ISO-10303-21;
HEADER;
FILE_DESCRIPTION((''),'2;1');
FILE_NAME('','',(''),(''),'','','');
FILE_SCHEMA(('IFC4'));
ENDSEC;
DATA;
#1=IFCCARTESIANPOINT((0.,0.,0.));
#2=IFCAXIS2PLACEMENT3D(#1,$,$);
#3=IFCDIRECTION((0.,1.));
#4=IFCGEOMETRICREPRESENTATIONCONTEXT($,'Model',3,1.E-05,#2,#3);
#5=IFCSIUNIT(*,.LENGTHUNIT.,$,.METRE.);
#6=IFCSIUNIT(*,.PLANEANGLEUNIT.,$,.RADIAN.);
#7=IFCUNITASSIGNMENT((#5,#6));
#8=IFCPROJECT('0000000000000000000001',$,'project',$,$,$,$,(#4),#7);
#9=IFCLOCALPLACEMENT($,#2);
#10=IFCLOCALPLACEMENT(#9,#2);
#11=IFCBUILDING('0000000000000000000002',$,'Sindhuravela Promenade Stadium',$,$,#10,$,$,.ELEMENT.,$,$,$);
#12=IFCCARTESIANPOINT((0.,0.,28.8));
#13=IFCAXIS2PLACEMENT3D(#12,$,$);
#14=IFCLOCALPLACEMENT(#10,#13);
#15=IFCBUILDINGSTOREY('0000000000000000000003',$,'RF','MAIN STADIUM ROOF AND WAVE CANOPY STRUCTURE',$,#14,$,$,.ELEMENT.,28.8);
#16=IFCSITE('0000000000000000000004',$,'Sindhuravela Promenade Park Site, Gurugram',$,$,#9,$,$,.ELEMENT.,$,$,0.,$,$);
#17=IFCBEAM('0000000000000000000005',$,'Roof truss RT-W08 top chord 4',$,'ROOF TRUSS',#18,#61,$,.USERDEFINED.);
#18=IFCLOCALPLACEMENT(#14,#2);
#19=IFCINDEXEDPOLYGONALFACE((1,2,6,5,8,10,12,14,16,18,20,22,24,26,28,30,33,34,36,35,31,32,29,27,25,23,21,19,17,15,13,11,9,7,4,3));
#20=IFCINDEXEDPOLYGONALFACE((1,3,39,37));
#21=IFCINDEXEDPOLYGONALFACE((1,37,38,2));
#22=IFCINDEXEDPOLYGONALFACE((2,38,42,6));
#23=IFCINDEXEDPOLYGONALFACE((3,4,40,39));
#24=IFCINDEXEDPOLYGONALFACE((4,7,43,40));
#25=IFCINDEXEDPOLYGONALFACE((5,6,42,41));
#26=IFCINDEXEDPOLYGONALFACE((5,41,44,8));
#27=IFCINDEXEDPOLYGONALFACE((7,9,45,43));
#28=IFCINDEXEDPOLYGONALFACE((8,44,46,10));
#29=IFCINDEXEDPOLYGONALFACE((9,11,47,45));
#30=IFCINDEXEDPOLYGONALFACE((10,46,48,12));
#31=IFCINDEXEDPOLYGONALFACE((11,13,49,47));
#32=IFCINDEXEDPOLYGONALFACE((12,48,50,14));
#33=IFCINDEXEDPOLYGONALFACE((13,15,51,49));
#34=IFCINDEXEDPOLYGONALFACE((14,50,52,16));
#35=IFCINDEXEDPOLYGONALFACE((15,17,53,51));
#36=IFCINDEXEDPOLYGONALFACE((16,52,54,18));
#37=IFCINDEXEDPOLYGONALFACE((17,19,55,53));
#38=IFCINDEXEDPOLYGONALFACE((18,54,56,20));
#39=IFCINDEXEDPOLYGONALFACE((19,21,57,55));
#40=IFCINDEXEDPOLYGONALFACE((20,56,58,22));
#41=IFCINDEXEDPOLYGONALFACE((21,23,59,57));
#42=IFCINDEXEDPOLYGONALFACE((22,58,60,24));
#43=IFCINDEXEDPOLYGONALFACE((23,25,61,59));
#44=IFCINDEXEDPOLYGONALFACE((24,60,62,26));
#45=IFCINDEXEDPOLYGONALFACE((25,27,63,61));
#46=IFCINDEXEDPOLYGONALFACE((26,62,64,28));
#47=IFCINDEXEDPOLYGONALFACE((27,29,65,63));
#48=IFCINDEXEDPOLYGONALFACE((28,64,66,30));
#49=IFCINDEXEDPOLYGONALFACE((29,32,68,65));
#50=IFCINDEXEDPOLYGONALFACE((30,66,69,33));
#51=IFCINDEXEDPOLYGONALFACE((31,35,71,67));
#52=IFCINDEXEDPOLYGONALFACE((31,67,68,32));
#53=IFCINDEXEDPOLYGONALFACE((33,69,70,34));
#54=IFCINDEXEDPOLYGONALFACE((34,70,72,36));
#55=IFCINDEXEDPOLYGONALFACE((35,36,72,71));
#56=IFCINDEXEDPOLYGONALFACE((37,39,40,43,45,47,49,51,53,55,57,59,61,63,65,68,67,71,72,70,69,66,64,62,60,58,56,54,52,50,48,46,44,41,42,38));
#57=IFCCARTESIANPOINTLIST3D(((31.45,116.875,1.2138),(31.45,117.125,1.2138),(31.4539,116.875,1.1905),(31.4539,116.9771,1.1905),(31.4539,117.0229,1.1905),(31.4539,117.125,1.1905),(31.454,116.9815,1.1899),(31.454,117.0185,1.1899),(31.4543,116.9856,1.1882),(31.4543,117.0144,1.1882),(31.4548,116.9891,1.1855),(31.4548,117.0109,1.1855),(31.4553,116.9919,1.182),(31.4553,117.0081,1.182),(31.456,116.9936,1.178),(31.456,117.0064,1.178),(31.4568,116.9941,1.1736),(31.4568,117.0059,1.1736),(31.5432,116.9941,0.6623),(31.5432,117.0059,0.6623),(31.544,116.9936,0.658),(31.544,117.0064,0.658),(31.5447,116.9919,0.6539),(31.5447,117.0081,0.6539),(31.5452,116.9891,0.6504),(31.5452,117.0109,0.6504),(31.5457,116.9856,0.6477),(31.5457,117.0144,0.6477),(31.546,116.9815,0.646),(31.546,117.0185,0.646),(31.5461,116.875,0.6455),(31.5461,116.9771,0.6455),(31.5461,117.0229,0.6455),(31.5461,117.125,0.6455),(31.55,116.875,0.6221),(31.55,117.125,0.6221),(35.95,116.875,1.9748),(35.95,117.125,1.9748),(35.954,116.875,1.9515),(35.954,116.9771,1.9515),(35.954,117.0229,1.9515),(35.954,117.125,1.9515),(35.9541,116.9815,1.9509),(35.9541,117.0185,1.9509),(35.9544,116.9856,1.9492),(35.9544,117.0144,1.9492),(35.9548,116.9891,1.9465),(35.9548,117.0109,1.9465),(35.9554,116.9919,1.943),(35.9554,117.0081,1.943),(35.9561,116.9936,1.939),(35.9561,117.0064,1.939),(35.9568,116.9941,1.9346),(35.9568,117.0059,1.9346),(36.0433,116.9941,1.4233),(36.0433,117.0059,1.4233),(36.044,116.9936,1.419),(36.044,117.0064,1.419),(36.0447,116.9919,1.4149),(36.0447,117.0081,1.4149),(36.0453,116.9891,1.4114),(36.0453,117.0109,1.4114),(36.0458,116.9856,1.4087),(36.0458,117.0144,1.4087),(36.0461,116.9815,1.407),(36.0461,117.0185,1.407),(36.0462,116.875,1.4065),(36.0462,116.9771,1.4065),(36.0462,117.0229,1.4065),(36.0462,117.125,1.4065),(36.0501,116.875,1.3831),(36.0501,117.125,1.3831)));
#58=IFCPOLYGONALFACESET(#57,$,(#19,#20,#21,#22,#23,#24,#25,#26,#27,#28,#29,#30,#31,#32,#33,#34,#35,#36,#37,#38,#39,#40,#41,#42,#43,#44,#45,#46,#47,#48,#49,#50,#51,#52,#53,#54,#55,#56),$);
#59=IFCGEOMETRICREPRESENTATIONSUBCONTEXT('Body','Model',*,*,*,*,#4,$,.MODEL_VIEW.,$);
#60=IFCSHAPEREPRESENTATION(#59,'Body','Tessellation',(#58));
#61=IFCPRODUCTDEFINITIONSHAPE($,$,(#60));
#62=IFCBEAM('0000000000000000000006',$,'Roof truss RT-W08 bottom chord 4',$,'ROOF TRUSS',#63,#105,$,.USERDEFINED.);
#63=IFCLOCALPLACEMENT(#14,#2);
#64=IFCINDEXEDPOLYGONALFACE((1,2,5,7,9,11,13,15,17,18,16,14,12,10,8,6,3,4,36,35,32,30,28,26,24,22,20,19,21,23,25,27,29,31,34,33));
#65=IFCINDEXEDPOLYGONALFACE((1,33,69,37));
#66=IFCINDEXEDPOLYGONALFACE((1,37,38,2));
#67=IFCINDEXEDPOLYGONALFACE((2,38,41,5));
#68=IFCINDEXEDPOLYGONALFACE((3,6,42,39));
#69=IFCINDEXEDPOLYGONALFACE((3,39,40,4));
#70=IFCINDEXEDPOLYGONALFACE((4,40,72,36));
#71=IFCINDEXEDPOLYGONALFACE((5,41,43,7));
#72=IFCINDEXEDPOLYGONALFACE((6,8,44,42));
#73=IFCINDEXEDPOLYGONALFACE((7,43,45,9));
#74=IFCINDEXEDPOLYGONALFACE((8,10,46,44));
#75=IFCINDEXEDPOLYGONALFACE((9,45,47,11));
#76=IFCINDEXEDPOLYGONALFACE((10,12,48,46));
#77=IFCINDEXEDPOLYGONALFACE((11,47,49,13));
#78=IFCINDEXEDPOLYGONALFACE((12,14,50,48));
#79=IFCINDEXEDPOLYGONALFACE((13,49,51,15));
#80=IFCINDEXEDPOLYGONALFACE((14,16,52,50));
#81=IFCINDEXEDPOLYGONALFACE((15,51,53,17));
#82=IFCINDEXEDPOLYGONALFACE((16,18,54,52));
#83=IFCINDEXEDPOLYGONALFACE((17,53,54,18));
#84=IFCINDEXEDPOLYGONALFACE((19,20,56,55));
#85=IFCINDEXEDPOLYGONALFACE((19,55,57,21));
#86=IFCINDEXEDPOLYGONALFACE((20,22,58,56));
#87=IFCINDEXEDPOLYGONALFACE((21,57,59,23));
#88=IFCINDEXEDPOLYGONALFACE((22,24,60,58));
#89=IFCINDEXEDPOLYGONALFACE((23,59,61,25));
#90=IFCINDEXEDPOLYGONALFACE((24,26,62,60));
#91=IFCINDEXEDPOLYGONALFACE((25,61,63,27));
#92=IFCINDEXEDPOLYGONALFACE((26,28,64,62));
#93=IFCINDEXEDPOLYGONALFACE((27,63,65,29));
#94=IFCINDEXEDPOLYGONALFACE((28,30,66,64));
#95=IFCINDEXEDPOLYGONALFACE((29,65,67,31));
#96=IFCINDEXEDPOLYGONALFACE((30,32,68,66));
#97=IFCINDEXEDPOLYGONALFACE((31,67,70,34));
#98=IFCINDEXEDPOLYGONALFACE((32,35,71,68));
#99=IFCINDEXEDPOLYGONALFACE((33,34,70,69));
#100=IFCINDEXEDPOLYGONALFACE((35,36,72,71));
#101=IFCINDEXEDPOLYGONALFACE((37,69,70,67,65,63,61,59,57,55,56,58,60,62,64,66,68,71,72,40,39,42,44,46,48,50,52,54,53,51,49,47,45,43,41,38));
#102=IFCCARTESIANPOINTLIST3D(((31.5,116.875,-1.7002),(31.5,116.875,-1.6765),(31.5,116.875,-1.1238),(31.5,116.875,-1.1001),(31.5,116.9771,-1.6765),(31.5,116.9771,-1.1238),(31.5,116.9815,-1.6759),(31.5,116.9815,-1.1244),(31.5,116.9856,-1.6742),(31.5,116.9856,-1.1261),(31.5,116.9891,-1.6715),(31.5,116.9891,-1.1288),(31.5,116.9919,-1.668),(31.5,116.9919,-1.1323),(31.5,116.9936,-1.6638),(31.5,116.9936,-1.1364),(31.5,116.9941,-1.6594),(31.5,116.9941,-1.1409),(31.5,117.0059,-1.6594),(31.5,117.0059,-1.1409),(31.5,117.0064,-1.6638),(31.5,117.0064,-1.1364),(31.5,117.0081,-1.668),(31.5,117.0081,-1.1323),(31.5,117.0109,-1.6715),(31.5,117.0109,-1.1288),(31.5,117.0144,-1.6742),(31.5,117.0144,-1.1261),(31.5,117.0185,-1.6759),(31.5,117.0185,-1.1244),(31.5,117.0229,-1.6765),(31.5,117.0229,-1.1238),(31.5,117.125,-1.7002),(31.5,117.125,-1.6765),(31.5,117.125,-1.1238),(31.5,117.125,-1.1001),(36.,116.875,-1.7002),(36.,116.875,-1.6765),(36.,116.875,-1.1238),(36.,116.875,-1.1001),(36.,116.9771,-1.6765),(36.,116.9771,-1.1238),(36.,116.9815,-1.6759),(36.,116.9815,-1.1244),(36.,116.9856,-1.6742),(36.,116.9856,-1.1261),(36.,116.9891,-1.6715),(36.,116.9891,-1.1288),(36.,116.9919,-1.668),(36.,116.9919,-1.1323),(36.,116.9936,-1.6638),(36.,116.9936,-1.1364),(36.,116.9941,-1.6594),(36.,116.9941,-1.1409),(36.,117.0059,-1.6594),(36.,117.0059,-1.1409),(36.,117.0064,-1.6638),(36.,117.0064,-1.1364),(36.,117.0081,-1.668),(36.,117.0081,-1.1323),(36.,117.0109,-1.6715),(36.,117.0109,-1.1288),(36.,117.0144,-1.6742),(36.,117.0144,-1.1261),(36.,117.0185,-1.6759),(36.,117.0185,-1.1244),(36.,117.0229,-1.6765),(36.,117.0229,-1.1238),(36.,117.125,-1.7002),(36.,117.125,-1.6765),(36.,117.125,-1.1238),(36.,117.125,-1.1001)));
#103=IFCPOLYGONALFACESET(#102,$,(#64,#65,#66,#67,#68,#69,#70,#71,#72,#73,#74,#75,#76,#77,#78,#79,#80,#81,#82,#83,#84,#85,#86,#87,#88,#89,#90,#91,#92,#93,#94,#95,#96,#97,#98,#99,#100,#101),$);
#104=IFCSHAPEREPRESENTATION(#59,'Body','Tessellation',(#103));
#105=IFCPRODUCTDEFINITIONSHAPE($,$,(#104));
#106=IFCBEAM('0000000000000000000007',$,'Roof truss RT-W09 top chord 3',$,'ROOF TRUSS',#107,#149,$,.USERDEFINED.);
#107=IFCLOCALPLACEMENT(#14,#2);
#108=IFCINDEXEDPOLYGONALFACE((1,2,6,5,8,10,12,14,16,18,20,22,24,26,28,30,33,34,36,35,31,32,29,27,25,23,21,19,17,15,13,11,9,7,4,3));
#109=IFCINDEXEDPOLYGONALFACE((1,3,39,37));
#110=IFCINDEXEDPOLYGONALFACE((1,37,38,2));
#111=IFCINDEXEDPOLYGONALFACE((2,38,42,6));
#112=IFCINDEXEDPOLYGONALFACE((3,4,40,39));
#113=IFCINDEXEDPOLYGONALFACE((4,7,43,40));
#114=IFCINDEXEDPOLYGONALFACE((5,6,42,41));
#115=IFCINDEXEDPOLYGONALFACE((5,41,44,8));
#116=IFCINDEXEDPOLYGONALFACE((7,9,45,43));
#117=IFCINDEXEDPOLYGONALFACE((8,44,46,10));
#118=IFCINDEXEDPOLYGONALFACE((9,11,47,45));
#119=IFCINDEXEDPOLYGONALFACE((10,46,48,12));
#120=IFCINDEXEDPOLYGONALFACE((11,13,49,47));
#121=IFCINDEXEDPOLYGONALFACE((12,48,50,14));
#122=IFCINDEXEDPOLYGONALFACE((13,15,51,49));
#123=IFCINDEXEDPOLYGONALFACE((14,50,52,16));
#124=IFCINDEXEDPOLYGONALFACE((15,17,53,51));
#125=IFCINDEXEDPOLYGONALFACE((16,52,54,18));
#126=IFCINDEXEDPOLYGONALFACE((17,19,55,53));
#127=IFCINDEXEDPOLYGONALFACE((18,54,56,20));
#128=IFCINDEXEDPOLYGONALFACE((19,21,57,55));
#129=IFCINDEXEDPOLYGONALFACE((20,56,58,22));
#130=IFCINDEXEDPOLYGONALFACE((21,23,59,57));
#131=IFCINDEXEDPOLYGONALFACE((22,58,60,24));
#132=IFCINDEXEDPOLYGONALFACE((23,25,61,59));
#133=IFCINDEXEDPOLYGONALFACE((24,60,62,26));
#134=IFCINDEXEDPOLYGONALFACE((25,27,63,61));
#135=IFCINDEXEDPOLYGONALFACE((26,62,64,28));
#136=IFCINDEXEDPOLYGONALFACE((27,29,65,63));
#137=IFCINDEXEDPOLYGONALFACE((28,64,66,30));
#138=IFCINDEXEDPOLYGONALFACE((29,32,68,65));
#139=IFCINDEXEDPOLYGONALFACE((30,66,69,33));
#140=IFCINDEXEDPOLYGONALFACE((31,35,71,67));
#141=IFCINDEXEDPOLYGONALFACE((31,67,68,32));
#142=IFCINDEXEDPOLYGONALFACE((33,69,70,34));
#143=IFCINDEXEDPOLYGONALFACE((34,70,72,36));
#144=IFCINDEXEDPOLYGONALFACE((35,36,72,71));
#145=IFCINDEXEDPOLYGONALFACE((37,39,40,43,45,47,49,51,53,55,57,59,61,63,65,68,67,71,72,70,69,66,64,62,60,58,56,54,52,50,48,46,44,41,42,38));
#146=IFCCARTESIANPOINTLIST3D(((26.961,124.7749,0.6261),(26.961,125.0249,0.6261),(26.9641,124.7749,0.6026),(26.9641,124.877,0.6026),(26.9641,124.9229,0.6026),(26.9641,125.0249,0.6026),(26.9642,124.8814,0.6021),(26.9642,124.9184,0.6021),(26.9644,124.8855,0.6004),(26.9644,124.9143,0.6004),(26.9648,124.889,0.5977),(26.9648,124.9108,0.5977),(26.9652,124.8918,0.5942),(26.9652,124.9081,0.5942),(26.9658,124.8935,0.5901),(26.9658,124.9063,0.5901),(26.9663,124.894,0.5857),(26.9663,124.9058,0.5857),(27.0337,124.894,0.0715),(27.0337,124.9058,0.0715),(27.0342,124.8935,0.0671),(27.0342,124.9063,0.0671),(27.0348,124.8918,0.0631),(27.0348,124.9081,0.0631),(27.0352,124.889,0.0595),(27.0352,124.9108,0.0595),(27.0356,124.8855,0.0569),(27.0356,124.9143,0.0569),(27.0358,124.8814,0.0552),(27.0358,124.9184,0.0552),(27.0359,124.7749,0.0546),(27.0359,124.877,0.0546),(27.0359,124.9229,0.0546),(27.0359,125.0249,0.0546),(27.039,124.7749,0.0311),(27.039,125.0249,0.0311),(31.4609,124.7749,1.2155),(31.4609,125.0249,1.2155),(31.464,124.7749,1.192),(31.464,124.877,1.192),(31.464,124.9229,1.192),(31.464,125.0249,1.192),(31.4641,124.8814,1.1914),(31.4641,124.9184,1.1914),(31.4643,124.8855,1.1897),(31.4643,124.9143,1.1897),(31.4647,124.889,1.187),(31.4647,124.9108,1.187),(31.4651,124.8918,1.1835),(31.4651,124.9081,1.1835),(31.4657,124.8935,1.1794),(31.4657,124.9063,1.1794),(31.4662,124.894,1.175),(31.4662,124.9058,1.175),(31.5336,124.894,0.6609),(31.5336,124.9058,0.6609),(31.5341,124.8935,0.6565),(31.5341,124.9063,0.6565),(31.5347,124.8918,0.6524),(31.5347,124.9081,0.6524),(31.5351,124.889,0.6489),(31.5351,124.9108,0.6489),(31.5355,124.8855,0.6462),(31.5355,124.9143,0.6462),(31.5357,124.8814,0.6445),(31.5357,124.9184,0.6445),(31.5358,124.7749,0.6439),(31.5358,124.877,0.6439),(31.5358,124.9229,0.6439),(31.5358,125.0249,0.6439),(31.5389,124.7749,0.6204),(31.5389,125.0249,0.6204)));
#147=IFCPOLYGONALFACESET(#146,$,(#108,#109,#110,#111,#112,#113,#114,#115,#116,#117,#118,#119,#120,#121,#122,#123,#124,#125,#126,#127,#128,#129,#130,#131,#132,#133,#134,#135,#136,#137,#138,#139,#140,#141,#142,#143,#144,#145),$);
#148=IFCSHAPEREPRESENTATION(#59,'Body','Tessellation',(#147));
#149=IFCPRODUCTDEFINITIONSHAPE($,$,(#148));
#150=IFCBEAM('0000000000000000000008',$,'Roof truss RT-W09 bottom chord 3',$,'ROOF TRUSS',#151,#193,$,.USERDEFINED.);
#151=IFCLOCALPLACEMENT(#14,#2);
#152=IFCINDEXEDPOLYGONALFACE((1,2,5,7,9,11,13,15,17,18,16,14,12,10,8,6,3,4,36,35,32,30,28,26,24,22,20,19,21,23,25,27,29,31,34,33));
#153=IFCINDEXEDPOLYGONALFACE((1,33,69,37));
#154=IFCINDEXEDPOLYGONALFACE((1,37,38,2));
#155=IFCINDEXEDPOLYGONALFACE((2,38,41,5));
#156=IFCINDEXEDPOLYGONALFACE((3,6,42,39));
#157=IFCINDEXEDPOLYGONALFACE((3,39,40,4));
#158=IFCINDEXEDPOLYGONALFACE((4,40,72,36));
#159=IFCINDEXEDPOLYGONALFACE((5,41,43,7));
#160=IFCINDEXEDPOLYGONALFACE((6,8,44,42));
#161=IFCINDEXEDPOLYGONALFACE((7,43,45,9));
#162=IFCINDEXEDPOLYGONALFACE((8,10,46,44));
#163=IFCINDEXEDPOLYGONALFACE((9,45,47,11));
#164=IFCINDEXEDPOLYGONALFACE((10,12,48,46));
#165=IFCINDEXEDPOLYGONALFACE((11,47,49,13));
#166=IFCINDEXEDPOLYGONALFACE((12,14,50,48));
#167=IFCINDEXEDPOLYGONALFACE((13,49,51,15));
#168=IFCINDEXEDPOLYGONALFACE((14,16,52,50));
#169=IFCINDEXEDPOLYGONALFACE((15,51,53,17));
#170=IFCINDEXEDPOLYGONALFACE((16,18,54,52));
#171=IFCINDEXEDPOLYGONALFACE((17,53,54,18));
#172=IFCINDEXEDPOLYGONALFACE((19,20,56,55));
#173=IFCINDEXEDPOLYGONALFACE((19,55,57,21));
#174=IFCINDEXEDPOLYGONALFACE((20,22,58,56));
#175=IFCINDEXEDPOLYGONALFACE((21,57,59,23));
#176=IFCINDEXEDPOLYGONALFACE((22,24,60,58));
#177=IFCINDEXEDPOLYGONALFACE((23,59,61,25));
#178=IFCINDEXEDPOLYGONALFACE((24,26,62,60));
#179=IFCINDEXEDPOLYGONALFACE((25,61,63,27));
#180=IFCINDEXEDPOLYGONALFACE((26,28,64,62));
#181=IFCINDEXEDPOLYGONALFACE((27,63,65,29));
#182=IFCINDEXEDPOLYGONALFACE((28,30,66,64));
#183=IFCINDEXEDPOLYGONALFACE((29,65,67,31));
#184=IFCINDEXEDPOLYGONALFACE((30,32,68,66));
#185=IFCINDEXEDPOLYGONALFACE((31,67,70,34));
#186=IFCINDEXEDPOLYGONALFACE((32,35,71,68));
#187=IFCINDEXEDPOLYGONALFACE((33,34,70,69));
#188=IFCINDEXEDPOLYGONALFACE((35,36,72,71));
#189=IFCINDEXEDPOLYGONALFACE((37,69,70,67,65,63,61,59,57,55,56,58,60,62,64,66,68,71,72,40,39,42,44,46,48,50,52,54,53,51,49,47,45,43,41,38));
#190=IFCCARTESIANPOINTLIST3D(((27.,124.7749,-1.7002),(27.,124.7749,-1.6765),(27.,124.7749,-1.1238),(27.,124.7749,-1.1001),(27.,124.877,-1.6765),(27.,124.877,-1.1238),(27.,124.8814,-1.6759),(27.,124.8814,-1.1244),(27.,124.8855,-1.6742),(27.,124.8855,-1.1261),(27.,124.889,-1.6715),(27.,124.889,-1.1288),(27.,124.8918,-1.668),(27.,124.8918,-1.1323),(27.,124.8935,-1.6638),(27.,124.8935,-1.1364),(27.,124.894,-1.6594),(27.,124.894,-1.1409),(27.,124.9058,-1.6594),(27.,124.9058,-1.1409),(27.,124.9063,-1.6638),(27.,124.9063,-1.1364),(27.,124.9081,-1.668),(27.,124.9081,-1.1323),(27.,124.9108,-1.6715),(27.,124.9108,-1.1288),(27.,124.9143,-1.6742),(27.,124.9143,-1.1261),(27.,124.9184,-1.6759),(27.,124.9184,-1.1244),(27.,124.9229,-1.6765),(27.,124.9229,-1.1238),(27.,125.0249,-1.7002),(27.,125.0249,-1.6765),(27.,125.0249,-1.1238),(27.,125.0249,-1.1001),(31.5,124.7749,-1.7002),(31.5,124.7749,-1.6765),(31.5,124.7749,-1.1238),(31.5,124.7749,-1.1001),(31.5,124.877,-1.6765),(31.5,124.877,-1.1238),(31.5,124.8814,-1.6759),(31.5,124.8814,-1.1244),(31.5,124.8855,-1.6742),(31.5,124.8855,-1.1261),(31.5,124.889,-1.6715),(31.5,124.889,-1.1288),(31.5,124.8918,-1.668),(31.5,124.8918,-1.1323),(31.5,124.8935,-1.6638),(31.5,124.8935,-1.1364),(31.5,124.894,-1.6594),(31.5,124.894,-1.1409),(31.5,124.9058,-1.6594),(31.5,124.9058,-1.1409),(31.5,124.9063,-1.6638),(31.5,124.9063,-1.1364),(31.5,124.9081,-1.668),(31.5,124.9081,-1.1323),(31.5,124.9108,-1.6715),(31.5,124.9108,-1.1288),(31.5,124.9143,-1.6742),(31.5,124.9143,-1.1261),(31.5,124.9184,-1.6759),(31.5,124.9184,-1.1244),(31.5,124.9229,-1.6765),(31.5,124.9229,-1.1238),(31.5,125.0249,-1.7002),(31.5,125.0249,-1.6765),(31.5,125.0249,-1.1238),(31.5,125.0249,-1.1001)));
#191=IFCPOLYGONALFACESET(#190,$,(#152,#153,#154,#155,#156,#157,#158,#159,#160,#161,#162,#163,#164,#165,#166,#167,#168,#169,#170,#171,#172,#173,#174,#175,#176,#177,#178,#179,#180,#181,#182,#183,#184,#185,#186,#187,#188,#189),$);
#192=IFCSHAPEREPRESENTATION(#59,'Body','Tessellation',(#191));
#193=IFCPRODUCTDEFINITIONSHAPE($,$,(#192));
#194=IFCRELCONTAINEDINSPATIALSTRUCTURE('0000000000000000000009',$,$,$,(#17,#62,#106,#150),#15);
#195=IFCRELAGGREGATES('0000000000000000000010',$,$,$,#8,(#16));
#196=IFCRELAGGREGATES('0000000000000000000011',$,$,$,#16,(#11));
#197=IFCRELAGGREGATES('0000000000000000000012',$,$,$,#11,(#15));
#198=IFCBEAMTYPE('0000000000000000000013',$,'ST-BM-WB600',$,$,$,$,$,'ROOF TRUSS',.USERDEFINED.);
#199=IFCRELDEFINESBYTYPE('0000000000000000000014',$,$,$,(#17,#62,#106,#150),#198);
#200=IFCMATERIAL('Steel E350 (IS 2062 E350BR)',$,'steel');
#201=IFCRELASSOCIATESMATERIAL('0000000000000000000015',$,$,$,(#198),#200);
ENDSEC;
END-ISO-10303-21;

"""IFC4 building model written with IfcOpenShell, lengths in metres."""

from ifc_helpers import new_model, si_unit, direction, frame, origin, origin_2d, place, context, subcontext, project, spatial, i_section, extrude, material, material_profile, profile_set, type_object, element, save


model = new_model("IFC4")

# Units and contexts
model_context = context("Model", 3, precision=1e-05, world=origin(), true_north=direction((0.0, 1.0)))
body_context = subcontext(model_context, "Body", "Model", "MODEL_VIEW")
ifc_project = project(units=[si_unit("LENGTHUNIT", "METRE"), si_unit("PLANEANGLEUNIT", "RADIAN")], contexts=[model_context])

# Site, building, storey
site_placement = place(None, origin())
site = spatial("IfcSite", under=ifc_project, at=site_placement, Name="Sindhuravela Promenade Park Site, Gurugram", CompositionType="ELEMENT", RefElevation=0.0)
building_placement = place(site_placement, origin())
building = spatial("IfcBuilding", under=site, at=building_placement, Name="Sindhuravela Promenade Stadium", CompositionType="ELEMENT")
storey_placement = place(building_placement, frame((0.0, 0.0, 28.8)))
storey = spatial("IfcBuildingStorey", under=building, at=storey_placement, Name="RF", Description="MAIN STADIUM ROOF AND WAVE CANOPY STRUCTURE", CompositionType="ELEMENT", Elevation=28.8)

# Beams
ifc_material_1 = material(Name="Steel E350 (IS 2062 E350BR)", Category="steel")
ifc_material_profile_1 = material_profile(ifc_material_1, i_section(OverallWidth=0.25, OverallDepth=0.6001, WebThickness=0.0117, FlangeThickness=0.0237, FilletRadius=0.0171, at=origin_2d()), Name="ISWB 600")
ifc_profile_set_1 = profile_set([ifc_material_profile_1], Name="Steel E350 (IS 2062 E350BR)")
beam_type = type_object("IfcBeamType", Name="ST-BM-WB600", ElementType="ROOF TRUSS", PredefinedType="USERDEFINED", material=ifc_profile_set_1)
beam_1_placement = place(storey_placement, frame((31.5, 117.0, 0.918), z_axis=(0.986001, 0.0, 0.166741), x_axis=(0.0, 1.0, 0.0)))
element("IfcBeam", 1, at=beam_1_placement, inside=storey, type_object=beam_type, Name="Roof truss RT-W08 top chord 4", ObjectType="ROOF TRUSS", PredefinedType="USERDEFINED", context=body_context, shape_type="SweptSolid", body=[
    extrude(i_section(OverallWidth=0.25, OverallDepth=0.6001, WebThickness=0.0117, FlangeThickness=0.0237, FilletRadius=0.0171, at=origin_2d()), origin(), (0.0, 0.0, 1.0), 4.564),
])
beam_2_placement = place(storey_placement, frame((31.5, 117.0, -1.4001), z_axis=(1.0, 0.0, 0.0), x_axis=(0.0, 1.0, 0.0)))
element("IfcBeam", 2, at=beam_2_placement, inside=storey, type_object=beam_type, Name="Roof truss RT-W08 bottom chord 4", ObjectType="ROOF TRUSS", PredefinedType="USERDEFINED", context=body_context, shape_type="SweptSolid", body=[
    extrude(i_section(OverallWidth=0.25, OverallDepth=0.6001, WebThickness=0.0117, FlangeThickness=0.0237, FilletRadius=0.0171, at=origin_2d()), origin(), (0.0, 0.0, 1.0), 4.5),
])
beam_3_placement = place(storey_placement, frame((27.0, 124.8999, 0.3286), z_axis=(0.991532, 0.0, 0.129859), x_axis=(0.0, 1.0, 0.0)))
element("IfcBeam", 3, at=beam_3_placement, inside=storey, type_object=beam_type, Name="Roof truss RT-W09 top chord 3", ObjectType="ROOF TRUSS", PredefinedType="USERDEFINED", context=body_context, shape_type="SweptSolid", body=[
    extrude(i_section(OverallWidth=0.25, OverallDepth=0.6001, WebThickness=0.0117, FlangeThickness=0.0237, FilletRadius=0.0171, at=origin_2d()), origin(), (0.0, 0.0, 1.0), 4.5383),
])
beam_4_placement = place(storey_placement, frame((27.0, 124.8999, -1.4001), z_axis=(1.0, 0.0, 0.0), x_axis=(0.0, 1.0, 0.0)))
element("IfcBeam", 4, at=beam_4_placement, inside=storey, type_object=beam_type, Name="Roof truss RT-W09 bottom chord 3", ObjectType="ROOF TRUSS", PredefinedType="USERDEFINED", context=body_context, shape_type="SweptSolid", body=[
    extrude(i_section(OverallWidth=0.25, OverallDepth=0.6001, WebThickness=0.0117, FlangeThickness=0.0237, FilletRadius=0.0171, at=origin_2d()), origin(), (0.0, 0.0, 1.0), 4.5),
])

save(model, "model.ifc")
